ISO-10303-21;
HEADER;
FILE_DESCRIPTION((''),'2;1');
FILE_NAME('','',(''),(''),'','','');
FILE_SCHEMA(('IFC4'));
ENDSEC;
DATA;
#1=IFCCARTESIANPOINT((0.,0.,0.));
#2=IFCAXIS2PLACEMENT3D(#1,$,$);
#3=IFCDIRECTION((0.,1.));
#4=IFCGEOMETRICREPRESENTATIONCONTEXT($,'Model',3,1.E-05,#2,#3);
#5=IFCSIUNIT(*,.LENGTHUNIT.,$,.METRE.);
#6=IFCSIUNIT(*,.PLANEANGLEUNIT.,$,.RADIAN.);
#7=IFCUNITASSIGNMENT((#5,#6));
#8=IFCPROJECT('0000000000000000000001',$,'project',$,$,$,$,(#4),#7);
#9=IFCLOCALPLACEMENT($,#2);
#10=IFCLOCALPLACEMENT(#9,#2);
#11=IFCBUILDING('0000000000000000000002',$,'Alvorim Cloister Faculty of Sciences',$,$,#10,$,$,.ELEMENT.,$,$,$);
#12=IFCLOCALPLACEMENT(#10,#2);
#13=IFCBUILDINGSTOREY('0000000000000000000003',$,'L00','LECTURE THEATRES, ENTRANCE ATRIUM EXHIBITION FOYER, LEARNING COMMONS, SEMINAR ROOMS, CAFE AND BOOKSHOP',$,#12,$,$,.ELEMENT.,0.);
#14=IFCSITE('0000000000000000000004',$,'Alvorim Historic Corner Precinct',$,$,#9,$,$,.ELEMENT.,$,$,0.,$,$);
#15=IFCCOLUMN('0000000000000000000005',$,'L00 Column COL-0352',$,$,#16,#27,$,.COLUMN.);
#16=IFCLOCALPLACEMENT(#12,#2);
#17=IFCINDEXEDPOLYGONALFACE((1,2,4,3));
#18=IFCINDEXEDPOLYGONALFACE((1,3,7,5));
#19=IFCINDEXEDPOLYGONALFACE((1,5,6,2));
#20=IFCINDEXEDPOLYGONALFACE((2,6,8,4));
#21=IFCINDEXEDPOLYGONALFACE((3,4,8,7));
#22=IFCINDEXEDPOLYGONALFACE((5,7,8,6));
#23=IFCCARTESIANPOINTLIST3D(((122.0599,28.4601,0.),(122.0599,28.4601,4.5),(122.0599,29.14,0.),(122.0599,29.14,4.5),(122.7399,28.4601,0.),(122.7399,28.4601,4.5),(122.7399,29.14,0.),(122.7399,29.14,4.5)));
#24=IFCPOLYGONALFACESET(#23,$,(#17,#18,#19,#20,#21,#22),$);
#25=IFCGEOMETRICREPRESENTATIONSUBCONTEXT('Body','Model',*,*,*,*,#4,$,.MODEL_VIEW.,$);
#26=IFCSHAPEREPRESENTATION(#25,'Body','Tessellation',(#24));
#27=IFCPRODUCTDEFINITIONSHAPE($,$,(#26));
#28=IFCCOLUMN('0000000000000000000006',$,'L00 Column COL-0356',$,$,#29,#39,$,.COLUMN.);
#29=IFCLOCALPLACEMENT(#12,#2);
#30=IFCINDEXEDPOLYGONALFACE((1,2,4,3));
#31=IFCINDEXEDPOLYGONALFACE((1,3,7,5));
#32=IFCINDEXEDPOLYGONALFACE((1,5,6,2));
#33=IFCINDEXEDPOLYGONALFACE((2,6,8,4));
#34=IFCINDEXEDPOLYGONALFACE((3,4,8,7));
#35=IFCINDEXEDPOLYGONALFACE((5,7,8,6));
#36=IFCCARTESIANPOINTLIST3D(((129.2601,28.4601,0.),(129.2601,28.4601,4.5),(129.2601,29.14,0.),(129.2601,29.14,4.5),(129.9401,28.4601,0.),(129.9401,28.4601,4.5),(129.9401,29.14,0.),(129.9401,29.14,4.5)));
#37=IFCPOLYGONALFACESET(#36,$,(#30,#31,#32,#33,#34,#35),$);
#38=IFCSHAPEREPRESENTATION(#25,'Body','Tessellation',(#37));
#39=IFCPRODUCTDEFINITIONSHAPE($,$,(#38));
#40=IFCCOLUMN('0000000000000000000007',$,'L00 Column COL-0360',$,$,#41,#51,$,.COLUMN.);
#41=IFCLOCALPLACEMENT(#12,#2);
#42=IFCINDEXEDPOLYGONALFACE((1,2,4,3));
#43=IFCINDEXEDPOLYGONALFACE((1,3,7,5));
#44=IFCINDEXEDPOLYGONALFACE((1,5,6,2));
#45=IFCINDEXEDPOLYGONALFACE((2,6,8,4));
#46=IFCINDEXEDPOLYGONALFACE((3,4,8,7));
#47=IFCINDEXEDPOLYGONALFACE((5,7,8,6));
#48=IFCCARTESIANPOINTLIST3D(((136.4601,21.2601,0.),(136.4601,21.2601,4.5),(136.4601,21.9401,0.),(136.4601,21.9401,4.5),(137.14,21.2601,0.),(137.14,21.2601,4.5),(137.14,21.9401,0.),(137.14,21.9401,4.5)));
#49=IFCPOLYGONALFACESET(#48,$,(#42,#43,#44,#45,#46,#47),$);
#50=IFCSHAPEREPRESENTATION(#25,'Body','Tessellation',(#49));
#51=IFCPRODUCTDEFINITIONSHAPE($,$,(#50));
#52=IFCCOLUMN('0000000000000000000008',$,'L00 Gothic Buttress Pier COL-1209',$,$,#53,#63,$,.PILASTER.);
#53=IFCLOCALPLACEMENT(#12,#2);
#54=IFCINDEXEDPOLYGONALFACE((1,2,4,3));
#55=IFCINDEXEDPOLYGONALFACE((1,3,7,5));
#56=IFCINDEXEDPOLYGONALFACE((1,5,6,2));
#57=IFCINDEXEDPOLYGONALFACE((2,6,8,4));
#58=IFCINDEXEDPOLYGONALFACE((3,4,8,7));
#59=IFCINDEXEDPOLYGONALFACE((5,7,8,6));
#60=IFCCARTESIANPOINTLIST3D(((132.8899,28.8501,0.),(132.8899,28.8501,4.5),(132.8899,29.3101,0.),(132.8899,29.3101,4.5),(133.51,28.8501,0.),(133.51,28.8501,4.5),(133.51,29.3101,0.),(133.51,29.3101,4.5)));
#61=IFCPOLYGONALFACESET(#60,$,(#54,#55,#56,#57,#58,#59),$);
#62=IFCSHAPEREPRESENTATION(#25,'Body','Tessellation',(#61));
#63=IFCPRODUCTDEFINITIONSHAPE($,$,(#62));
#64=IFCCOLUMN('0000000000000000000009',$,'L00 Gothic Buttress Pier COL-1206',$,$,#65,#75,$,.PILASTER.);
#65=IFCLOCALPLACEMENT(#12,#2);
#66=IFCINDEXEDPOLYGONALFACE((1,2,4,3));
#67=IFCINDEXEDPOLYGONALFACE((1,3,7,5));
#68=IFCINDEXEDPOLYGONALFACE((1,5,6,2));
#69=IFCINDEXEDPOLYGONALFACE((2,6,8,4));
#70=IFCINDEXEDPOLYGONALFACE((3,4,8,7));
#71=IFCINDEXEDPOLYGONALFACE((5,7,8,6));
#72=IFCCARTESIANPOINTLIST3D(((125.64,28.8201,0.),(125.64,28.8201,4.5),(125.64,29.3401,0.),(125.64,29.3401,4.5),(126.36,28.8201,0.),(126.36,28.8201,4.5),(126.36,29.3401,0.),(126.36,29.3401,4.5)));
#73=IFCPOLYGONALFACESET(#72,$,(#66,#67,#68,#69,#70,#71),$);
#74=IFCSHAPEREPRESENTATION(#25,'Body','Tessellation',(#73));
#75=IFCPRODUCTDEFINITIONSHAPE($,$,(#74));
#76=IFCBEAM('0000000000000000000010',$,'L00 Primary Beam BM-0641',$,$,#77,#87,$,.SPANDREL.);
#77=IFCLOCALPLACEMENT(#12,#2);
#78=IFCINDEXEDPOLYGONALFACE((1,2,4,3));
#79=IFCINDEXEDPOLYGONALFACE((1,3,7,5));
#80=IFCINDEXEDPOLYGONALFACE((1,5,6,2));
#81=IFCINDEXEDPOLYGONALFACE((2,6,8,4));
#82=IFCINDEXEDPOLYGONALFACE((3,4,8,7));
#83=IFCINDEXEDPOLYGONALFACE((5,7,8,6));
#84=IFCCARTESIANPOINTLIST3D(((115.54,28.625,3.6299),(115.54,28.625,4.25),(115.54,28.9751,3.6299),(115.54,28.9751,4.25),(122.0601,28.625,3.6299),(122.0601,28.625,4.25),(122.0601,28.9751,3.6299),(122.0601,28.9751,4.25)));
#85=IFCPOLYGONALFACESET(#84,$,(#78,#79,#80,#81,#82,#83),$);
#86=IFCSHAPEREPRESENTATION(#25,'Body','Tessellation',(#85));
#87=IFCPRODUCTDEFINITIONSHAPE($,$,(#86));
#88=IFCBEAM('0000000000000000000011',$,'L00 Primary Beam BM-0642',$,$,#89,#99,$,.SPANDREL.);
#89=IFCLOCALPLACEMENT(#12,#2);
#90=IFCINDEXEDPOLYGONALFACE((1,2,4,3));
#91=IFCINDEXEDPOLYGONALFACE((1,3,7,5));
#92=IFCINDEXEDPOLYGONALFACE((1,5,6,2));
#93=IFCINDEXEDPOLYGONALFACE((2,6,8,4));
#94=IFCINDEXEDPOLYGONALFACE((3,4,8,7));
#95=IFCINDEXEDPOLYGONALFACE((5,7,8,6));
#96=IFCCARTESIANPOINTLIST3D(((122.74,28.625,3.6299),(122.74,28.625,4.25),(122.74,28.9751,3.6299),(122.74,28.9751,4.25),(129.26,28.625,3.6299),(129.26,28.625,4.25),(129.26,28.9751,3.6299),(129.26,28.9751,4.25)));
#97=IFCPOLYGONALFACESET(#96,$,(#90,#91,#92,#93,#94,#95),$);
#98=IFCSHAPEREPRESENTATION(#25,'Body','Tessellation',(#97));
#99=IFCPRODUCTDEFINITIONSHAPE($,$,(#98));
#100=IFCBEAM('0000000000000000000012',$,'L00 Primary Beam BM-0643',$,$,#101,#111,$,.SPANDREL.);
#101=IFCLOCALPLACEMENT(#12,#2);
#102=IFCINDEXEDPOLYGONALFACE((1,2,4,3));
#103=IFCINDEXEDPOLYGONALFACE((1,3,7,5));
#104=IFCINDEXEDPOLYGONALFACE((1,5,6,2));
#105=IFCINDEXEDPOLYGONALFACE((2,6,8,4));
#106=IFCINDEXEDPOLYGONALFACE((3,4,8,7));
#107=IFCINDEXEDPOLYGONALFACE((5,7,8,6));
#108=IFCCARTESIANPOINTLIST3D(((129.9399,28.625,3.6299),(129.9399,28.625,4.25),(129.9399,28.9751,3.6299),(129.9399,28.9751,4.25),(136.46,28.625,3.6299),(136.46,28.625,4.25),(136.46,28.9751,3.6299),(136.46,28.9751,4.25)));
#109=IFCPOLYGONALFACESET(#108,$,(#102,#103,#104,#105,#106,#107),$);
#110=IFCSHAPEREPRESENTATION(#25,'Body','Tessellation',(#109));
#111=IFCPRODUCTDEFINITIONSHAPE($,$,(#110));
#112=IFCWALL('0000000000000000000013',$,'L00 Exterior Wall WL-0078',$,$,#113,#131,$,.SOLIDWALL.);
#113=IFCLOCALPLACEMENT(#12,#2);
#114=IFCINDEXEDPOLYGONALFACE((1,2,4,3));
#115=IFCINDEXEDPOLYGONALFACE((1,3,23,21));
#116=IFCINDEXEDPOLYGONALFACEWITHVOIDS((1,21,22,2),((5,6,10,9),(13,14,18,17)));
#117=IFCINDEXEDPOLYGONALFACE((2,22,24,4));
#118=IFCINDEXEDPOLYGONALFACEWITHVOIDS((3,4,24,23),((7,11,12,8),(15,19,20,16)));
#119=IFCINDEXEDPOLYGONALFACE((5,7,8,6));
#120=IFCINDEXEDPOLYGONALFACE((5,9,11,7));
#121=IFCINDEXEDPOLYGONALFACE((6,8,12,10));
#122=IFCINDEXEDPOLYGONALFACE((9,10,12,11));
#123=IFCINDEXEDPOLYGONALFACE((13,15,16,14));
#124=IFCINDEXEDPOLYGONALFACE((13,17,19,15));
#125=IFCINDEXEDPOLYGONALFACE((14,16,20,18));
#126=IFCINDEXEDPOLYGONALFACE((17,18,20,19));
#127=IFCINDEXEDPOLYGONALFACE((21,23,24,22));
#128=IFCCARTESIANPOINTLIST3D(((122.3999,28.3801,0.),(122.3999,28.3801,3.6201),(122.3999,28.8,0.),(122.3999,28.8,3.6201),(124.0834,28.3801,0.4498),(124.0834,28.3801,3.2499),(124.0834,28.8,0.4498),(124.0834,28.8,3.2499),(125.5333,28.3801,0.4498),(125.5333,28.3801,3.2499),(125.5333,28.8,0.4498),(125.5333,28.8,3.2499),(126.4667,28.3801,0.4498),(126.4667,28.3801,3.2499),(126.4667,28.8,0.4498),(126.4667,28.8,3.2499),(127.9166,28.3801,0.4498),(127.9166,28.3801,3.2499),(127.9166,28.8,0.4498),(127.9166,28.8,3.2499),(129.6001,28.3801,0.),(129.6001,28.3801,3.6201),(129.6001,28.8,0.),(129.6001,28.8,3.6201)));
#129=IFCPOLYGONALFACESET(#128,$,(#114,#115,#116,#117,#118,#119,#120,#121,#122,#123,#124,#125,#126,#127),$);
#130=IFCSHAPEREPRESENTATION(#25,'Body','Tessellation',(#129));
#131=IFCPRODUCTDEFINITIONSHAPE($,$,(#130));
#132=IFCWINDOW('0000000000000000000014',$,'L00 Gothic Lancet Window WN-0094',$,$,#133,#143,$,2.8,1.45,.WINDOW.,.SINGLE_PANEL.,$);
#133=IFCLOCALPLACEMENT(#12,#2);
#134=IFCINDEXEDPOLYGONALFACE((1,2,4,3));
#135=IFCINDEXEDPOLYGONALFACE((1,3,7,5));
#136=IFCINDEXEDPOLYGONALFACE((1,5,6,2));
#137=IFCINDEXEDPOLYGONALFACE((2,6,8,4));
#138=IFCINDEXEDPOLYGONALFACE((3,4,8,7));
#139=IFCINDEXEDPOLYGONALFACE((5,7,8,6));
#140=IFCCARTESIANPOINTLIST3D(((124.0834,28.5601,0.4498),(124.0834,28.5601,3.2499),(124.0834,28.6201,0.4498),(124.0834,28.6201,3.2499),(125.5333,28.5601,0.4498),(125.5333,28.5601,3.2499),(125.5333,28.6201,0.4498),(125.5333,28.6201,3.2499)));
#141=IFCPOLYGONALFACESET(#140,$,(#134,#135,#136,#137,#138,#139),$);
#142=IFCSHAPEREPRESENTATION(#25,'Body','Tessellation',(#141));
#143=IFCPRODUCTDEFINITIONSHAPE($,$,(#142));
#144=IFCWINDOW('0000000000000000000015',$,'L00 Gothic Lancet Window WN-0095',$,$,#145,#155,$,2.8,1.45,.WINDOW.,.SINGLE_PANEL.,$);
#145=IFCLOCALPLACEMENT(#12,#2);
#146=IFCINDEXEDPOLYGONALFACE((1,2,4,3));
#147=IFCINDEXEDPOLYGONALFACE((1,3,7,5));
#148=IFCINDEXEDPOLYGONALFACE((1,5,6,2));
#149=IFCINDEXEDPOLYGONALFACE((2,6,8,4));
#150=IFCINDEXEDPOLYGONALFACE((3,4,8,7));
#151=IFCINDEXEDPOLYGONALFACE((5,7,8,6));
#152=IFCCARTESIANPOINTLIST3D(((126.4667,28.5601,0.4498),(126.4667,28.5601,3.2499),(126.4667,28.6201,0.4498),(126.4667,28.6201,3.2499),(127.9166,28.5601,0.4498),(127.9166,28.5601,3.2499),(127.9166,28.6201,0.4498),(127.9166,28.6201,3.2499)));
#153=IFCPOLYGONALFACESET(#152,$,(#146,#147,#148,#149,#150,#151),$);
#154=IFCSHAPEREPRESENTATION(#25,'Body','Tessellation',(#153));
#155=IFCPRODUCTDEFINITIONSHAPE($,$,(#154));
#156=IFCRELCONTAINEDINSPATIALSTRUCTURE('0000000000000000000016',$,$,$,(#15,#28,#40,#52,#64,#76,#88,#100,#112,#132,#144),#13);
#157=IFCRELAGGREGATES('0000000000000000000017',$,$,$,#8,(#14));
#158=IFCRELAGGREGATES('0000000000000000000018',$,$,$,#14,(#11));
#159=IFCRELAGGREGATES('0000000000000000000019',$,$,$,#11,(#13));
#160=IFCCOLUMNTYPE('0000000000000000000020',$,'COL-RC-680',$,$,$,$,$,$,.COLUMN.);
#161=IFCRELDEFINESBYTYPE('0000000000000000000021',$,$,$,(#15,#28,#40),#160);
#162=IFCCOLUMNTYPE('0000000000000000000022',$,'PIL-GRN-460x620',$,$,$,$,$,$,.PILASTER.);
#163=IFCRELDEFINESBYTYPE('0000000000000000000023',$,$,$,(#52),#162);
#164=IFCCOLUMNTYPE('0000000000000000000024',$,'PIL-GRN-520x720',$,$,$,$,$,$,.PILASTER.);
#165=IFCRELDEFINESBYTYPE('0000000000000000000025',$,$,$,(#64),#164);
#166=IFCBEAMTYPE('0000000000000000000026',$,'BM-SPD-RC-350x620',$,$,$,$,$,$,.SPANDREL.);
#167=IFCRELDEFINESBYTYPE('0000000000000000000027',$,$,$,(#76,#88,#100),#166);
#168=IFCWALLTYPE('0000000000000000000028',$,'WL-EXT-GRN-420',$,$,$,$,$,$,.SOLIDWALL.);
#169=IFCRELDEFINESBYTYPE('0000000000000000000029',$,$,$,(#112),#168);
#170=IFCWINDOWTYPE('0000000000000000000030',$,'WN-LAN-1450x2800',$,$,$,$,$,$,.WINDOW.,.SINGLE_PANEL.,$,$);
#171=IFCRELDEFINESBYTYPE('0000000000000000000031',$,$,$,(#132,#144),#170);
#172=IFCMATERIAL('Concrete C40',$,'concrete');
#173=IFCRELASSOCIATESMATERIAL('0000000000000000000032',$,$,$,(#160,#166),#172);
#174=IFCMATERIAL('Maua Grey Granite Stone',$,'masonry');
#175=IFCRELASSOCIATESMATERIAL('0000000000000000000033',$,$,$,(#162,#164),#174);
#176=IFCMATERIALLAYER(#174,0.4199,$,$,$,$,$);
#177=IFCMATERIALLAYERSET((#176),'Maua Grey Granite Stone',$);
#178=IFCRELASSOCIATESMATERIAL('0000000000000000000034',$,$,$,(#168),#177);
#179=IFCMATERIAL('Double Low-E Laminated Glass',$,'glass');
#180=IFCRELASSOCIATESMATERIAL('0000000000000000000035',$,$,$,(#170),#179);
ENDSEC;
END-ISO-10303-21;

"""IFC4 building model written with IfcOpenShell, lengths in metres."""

from ifc_helpers import new_model, si_unit, direction, frame, frame_2d, origin, origin_2d, place, context, subcontext, project, spatial, rectangle, extrude, material, layer, layer_set, material_profile, profile_set, type_object, element, fill, save


model = new_model("IFC4")

# Units and contexts
model_context = context("Model", 3, precision=1e-05, world=origin(), true_north=direction((0.0, 1.0)))
body_context = subcontext(model_context, "Body", "Model", "MODEL_VIEW")
ifc_project = project(units=[si_unit("LENGTHUNIT", "METRE"), si_unit("PLANEANGLEUNIT", "RADIAN")], contexts=[model_context])

# Site, building, storey
site_placement = place(None, origin())
site = spatial("IfcSite", under=ifc_project, at=site_placement, Name="Alvorim Historic Corner Precinct", CompositionType="ELEMENT", RefElevation=0.0)
building_placement = place(site_placement, origin())
building = spatial("IfcBuilding", under=site, at=building_placement, Name="Alvorim Cloister Faculty of Sciences", CompositionType="ELEMENT")
storey_placement = place(building_placement, origin())
storey = spatial("IfcBuildingStorey", under=building, at=storey_placement, Name="L00", Description="LECTURE THEATRES, ENTRANCE ATRIUM EXHIBITION FOYER, LEARNING COMMONS, SEMINAR ROOMS, CAFE AND BOOKSHOP", CompositionType="ELEMENT", Elevation=0.0)

# Columns
ifc_material_1 = material(Name="Concrete C40", Category="concrete")
ifc_material_profile_1 = material_profile(ifc_material_1, rectangle(XDim=0.6799, YDim=0.6799, at=origin_2d()), Name="RC40-COL-680x680")
ifc_profile_set_1 = profile_set([ifc_material_profile_1], Name="Concrete C40")
column_type_1 = type_object("IfcColumnType", Name="COL-RC-680", PredefinedType="COLUMN", material=ifc_profile_set_1)
for number, where, z_axis, x_axis, name in (
    (1, (122.3999, 28.8, 0.0), (0.0, 0.0, 1.0), (1.0, 0.0, 0.0), "L00 Column COL-0352"),
    (2, (129.6001, 28.8, 0.0), (0.0, 0.0, 1.0), (1.0, 0.0, 0.0), "L00 Column COL-0356"),
    (3, (136.8, 21.6001, 0.0), (0.0, 0.0, 1.0), (1.0, 0.0, 0.0), "L00 Column COL-0360"),
):
    element("IfcColumn", number, at=place(storey_placement, frame(where, z_axis=z_axis, x_axis=x_axis)), inside=storey, type_object=column_type_1, Name=name, PredefinedType="COLUMN", context=body_context, shape_type="SweptSolid", body=[
        extrude(rectangle(XDim=0.6799, YDim=0.6799, at=origin_2d()), origin(), (0.0, 0.0, 1.0), 4.5),
    ])
ifc_material_2 = material(Name="Maua Grey Granite Stone", Category="masonry")
ifc_material_profile_2 = material_profile(ifc_material_2, rectangle(XDim=0.46, YDim=0.6201, at=origin_2d()), Name="GRN-PIER-460x620")
ifc_profile_set_2 = profile_set([ifc_material_profile_2], Name="Maua Grey Granite Stone")
column_type_2 = type_object("IfcColumnType", Name="PIL-GRN-460x620", PredefinedType="PILASTER", material=ifc_profile_set_2)
column_1_placement = place(storey_placement, frame((133.2, 29.0801, 0.0), z_axis=(0.0, 0.0, 1.0), x_axis=(0.0, 1.0, 0.0)))
element("IfcColumn", 4, at=column_1_placement, inside=storey, type_object=column_type_2, Name="L00 Gothic Buttress Pier COL-1209", PredefinedType="PILASTER", context=body_context, shape_type="SweptSolid", body=[
    extrude(rectangle(XDim=0.46, YDim=0.6201, at=origin_2d()), origin(), (0.0, 0.0, 1.0), 4.5),
])
ifc_material_profile_3 = material_profile(ifc_material_2, rectangle(XDim=0.52, YDim=0.72, at=origin_2d()), Name="GRN-PIER-520x720")
ifc_profile_set_3 = profile_set([ifc_material_profile_3], Name="Maua Grey Granite Stone")
column_type_3 = type_object("IfcColumnType", Name="PIL-GRN-520x720", PredefinedType="PILASTER", material=ifc_profile_set_3)
column_2_placement = place(storey_placement, frame((126.0, 29.0801, 0.0), z_axis=(0.0, 0.0, 1.0), x_axis=(0.0, 1.0, 0.0)))
element("IfcColumn", 5, at=column_2_placement, inside=storey, type_object=column_type_3, Name="L00 Gothic Buttress Pier COL-1206", PredefinedType="PILASTER", context=body_context, shape_type="SweptSolid", body=[
    extrude(rectangle(XDim=0.52, YDim=0.72, at=origin_2d()), origin(), (0.0, 0.0, 1.0), 4.5),
])

# Beams
ifc_material_profile_4 = material_profile(ifc_material_1, rectangle(XDim=0.3501, YDim=0.6201, at=origin_2d()), Name="RC40-SPD-350x620")
ifc_profile_set_4 = profile_set([ifc_material_profile_4], Name="Concrete C40")
beam_type = type_object("IfcBeamType", Name="BM-SPD-RC-350x620", PredefinedType="SPANDREL", material=ifc_profile_set_4)
for number, where, z_axis, x_axis, name in (
    (6, (115.54, 28.8, 3.9399), (1.0, 0.0, 0.0), (0.0, 1.0, 0.0), "L00 Primary Beam BM-0641"),
    (7, (122.74, 28.8, 3.9399), (1.0, 0.0, 0.0), (0.0, 1.0, 0.0), "L00 Primary Beam BM-0642"),
    (8, (129.9399, 28.8, 3.9399), (1.0, 0.0, 0.0), (0.0, 1.0, 0.0), "L00 Primary Beam BM-0643"),
):
    element("IfcBeam", number, at=place(storey_placement, frame(where, z_axis=z_axis, x_axis=x_axis)), inside=storey, type_object=beam_type, Name=name, PredefinedType="SPANDREL", context=body_context, shape_type="SweptSolid", body=[
        extrude(rectangle(XDim=0.3501, YDim=0.6201, at=origin_2d()), origin(), (0.0, 0.0, 1.0), 6.52),
    ])

# Wall, openings, windows
ifc_layer_1 = layer(ifc_material_2, 0.4199)
ifc_layer_set_1 = layer_set([ifc_layer_1], Name="Maua Grey Granite Stone")
wall_type_1 = type_object("IfcWallType", Name="WL-EXT-GRN-420", PredefinedType="SOLIDWALL", material=ifc_layer_set_1)
wall_1_placement = place(storey_placement, frame((122.3999, 28.5901, 0.0), z_axis=(0.0, 0.0, 1.0), x_axis=(1.0, 0.0, 0.0)))
wall_1 = element("IfcWall", 9, at=wall_1_placement, inside=storey, type_object=wall_type_1, Name="L00 Exterior Wall WL-0078", PredefinedType="SOLIDWALL", context=body_context, shape_type="SweptSolid", body=[
    extrude(rectangle(XDim=7.2002, YDim=0.4199, at=frame_2d((3.6001, 0.0))), origin(), (0.0, 0.0, 1.0), 3.6201),
])
opening_1_placement = place(wall_1_placement, frame((1.6833, 0.0, 0.45)))
opening_1 = element("IfcOpeningElement", 10, at=opening_1_placement, cuts=wall_1, PredefinedType="OPENING", context=body_context, shape_type="SweptSolid", body=[
    extrude(rectangle(XDim=1.45, YDim=2.8, at=frame_2d((0.7251, 1.3999))), frame((0.0, 0.2219, 0.0), z_axis=(0.0, -1.0, 0.0), x_axis=(1.0, 0.0, 0.0)), (0.0, 0.0, 1.0), 0.4438),
])
opening_2_placement = place(wall_1_placement, frame((4.0667, 0.0, 0.45)))
opening_2 = element("IfcOpeningElement", 11, at=opening_2_placement, cuts=wall_1, PredefinedType="OPENING", context=body_context, shape_type="SweptSolid", body=[
    extrude(rectangle(XDim=1.45, YDim=2.8, at=frame_2d((0.7251, 1.3999))), frame((0.0, 0.2219, 0.0), z_axis=(0.0, -1.0, 0.0), x_axis=(1.0, 0.0, 0.0)), (0.0, 0.0, 1.0), 0.4438),
])
ifc_material_3 = material(Name="Double Low-E Laminated Glass", Category="glass")
window_type_1 = type_object("IfcWindowType", Name="WN-LAN-1450x2800", PartitioningType="SINGLE_PANEL", PredefinedType="WINDOW", material=ifc_material_3)
window_1_placement = place(opening_1_placement, origin())
window_1 = element("IfcWindow", 12, at=window_1_placement, inside=storey, type_object=window_type_1, Name="L00 Gothic Lancet Window WN-0094", OverallHeight=2.8, OverallWidth=1.45, PartitioningType="SINGLE_PANEL", PredefinedType="WINDOW", context=body_context, shape_type="SweptSolid", body=[
    extrude(rectangle(XDim=1.45, YDim=2.8, at=frame_2d((0.7251, 1.3999))), frame((0.0, 0.03, 0.0), z_axis=(0.0, -1.0, 0.0), x_axis=(1.0, 0.0, 0.0)), (0.0, 0.0, 1.0), 0.0601),
])
fill(opening_1, window_1)
window_2_placement = place(opening_2_placement, origin())
window_2 = element("IfcWindow", 13, at=window_2_placement, inside=storey, type_object=window_type_1, Name="L00 Gothic Lancet Window WN-0095", OverallHeight=2.8, OverallWidth=1.45, PartitioningType="SINGLE_PANEL", PredefinedType="WINDOW", context=body_context, shape_type="SweptSolid", body=[
    extrude(rectangle(XDim=1.45, YDim=2.8, at=frame_2d((0.7251, 1.3999))), frame((0.0, 0.03, 0.0), z_axis=(0.0, -1.0, 0.0), x_axis=(1.0, 0.0, 0.0)), (0.0, 0.0, 1.0), 0.0601),
])
fill(opening_2, window_2)

save(model, "model.ifc")
